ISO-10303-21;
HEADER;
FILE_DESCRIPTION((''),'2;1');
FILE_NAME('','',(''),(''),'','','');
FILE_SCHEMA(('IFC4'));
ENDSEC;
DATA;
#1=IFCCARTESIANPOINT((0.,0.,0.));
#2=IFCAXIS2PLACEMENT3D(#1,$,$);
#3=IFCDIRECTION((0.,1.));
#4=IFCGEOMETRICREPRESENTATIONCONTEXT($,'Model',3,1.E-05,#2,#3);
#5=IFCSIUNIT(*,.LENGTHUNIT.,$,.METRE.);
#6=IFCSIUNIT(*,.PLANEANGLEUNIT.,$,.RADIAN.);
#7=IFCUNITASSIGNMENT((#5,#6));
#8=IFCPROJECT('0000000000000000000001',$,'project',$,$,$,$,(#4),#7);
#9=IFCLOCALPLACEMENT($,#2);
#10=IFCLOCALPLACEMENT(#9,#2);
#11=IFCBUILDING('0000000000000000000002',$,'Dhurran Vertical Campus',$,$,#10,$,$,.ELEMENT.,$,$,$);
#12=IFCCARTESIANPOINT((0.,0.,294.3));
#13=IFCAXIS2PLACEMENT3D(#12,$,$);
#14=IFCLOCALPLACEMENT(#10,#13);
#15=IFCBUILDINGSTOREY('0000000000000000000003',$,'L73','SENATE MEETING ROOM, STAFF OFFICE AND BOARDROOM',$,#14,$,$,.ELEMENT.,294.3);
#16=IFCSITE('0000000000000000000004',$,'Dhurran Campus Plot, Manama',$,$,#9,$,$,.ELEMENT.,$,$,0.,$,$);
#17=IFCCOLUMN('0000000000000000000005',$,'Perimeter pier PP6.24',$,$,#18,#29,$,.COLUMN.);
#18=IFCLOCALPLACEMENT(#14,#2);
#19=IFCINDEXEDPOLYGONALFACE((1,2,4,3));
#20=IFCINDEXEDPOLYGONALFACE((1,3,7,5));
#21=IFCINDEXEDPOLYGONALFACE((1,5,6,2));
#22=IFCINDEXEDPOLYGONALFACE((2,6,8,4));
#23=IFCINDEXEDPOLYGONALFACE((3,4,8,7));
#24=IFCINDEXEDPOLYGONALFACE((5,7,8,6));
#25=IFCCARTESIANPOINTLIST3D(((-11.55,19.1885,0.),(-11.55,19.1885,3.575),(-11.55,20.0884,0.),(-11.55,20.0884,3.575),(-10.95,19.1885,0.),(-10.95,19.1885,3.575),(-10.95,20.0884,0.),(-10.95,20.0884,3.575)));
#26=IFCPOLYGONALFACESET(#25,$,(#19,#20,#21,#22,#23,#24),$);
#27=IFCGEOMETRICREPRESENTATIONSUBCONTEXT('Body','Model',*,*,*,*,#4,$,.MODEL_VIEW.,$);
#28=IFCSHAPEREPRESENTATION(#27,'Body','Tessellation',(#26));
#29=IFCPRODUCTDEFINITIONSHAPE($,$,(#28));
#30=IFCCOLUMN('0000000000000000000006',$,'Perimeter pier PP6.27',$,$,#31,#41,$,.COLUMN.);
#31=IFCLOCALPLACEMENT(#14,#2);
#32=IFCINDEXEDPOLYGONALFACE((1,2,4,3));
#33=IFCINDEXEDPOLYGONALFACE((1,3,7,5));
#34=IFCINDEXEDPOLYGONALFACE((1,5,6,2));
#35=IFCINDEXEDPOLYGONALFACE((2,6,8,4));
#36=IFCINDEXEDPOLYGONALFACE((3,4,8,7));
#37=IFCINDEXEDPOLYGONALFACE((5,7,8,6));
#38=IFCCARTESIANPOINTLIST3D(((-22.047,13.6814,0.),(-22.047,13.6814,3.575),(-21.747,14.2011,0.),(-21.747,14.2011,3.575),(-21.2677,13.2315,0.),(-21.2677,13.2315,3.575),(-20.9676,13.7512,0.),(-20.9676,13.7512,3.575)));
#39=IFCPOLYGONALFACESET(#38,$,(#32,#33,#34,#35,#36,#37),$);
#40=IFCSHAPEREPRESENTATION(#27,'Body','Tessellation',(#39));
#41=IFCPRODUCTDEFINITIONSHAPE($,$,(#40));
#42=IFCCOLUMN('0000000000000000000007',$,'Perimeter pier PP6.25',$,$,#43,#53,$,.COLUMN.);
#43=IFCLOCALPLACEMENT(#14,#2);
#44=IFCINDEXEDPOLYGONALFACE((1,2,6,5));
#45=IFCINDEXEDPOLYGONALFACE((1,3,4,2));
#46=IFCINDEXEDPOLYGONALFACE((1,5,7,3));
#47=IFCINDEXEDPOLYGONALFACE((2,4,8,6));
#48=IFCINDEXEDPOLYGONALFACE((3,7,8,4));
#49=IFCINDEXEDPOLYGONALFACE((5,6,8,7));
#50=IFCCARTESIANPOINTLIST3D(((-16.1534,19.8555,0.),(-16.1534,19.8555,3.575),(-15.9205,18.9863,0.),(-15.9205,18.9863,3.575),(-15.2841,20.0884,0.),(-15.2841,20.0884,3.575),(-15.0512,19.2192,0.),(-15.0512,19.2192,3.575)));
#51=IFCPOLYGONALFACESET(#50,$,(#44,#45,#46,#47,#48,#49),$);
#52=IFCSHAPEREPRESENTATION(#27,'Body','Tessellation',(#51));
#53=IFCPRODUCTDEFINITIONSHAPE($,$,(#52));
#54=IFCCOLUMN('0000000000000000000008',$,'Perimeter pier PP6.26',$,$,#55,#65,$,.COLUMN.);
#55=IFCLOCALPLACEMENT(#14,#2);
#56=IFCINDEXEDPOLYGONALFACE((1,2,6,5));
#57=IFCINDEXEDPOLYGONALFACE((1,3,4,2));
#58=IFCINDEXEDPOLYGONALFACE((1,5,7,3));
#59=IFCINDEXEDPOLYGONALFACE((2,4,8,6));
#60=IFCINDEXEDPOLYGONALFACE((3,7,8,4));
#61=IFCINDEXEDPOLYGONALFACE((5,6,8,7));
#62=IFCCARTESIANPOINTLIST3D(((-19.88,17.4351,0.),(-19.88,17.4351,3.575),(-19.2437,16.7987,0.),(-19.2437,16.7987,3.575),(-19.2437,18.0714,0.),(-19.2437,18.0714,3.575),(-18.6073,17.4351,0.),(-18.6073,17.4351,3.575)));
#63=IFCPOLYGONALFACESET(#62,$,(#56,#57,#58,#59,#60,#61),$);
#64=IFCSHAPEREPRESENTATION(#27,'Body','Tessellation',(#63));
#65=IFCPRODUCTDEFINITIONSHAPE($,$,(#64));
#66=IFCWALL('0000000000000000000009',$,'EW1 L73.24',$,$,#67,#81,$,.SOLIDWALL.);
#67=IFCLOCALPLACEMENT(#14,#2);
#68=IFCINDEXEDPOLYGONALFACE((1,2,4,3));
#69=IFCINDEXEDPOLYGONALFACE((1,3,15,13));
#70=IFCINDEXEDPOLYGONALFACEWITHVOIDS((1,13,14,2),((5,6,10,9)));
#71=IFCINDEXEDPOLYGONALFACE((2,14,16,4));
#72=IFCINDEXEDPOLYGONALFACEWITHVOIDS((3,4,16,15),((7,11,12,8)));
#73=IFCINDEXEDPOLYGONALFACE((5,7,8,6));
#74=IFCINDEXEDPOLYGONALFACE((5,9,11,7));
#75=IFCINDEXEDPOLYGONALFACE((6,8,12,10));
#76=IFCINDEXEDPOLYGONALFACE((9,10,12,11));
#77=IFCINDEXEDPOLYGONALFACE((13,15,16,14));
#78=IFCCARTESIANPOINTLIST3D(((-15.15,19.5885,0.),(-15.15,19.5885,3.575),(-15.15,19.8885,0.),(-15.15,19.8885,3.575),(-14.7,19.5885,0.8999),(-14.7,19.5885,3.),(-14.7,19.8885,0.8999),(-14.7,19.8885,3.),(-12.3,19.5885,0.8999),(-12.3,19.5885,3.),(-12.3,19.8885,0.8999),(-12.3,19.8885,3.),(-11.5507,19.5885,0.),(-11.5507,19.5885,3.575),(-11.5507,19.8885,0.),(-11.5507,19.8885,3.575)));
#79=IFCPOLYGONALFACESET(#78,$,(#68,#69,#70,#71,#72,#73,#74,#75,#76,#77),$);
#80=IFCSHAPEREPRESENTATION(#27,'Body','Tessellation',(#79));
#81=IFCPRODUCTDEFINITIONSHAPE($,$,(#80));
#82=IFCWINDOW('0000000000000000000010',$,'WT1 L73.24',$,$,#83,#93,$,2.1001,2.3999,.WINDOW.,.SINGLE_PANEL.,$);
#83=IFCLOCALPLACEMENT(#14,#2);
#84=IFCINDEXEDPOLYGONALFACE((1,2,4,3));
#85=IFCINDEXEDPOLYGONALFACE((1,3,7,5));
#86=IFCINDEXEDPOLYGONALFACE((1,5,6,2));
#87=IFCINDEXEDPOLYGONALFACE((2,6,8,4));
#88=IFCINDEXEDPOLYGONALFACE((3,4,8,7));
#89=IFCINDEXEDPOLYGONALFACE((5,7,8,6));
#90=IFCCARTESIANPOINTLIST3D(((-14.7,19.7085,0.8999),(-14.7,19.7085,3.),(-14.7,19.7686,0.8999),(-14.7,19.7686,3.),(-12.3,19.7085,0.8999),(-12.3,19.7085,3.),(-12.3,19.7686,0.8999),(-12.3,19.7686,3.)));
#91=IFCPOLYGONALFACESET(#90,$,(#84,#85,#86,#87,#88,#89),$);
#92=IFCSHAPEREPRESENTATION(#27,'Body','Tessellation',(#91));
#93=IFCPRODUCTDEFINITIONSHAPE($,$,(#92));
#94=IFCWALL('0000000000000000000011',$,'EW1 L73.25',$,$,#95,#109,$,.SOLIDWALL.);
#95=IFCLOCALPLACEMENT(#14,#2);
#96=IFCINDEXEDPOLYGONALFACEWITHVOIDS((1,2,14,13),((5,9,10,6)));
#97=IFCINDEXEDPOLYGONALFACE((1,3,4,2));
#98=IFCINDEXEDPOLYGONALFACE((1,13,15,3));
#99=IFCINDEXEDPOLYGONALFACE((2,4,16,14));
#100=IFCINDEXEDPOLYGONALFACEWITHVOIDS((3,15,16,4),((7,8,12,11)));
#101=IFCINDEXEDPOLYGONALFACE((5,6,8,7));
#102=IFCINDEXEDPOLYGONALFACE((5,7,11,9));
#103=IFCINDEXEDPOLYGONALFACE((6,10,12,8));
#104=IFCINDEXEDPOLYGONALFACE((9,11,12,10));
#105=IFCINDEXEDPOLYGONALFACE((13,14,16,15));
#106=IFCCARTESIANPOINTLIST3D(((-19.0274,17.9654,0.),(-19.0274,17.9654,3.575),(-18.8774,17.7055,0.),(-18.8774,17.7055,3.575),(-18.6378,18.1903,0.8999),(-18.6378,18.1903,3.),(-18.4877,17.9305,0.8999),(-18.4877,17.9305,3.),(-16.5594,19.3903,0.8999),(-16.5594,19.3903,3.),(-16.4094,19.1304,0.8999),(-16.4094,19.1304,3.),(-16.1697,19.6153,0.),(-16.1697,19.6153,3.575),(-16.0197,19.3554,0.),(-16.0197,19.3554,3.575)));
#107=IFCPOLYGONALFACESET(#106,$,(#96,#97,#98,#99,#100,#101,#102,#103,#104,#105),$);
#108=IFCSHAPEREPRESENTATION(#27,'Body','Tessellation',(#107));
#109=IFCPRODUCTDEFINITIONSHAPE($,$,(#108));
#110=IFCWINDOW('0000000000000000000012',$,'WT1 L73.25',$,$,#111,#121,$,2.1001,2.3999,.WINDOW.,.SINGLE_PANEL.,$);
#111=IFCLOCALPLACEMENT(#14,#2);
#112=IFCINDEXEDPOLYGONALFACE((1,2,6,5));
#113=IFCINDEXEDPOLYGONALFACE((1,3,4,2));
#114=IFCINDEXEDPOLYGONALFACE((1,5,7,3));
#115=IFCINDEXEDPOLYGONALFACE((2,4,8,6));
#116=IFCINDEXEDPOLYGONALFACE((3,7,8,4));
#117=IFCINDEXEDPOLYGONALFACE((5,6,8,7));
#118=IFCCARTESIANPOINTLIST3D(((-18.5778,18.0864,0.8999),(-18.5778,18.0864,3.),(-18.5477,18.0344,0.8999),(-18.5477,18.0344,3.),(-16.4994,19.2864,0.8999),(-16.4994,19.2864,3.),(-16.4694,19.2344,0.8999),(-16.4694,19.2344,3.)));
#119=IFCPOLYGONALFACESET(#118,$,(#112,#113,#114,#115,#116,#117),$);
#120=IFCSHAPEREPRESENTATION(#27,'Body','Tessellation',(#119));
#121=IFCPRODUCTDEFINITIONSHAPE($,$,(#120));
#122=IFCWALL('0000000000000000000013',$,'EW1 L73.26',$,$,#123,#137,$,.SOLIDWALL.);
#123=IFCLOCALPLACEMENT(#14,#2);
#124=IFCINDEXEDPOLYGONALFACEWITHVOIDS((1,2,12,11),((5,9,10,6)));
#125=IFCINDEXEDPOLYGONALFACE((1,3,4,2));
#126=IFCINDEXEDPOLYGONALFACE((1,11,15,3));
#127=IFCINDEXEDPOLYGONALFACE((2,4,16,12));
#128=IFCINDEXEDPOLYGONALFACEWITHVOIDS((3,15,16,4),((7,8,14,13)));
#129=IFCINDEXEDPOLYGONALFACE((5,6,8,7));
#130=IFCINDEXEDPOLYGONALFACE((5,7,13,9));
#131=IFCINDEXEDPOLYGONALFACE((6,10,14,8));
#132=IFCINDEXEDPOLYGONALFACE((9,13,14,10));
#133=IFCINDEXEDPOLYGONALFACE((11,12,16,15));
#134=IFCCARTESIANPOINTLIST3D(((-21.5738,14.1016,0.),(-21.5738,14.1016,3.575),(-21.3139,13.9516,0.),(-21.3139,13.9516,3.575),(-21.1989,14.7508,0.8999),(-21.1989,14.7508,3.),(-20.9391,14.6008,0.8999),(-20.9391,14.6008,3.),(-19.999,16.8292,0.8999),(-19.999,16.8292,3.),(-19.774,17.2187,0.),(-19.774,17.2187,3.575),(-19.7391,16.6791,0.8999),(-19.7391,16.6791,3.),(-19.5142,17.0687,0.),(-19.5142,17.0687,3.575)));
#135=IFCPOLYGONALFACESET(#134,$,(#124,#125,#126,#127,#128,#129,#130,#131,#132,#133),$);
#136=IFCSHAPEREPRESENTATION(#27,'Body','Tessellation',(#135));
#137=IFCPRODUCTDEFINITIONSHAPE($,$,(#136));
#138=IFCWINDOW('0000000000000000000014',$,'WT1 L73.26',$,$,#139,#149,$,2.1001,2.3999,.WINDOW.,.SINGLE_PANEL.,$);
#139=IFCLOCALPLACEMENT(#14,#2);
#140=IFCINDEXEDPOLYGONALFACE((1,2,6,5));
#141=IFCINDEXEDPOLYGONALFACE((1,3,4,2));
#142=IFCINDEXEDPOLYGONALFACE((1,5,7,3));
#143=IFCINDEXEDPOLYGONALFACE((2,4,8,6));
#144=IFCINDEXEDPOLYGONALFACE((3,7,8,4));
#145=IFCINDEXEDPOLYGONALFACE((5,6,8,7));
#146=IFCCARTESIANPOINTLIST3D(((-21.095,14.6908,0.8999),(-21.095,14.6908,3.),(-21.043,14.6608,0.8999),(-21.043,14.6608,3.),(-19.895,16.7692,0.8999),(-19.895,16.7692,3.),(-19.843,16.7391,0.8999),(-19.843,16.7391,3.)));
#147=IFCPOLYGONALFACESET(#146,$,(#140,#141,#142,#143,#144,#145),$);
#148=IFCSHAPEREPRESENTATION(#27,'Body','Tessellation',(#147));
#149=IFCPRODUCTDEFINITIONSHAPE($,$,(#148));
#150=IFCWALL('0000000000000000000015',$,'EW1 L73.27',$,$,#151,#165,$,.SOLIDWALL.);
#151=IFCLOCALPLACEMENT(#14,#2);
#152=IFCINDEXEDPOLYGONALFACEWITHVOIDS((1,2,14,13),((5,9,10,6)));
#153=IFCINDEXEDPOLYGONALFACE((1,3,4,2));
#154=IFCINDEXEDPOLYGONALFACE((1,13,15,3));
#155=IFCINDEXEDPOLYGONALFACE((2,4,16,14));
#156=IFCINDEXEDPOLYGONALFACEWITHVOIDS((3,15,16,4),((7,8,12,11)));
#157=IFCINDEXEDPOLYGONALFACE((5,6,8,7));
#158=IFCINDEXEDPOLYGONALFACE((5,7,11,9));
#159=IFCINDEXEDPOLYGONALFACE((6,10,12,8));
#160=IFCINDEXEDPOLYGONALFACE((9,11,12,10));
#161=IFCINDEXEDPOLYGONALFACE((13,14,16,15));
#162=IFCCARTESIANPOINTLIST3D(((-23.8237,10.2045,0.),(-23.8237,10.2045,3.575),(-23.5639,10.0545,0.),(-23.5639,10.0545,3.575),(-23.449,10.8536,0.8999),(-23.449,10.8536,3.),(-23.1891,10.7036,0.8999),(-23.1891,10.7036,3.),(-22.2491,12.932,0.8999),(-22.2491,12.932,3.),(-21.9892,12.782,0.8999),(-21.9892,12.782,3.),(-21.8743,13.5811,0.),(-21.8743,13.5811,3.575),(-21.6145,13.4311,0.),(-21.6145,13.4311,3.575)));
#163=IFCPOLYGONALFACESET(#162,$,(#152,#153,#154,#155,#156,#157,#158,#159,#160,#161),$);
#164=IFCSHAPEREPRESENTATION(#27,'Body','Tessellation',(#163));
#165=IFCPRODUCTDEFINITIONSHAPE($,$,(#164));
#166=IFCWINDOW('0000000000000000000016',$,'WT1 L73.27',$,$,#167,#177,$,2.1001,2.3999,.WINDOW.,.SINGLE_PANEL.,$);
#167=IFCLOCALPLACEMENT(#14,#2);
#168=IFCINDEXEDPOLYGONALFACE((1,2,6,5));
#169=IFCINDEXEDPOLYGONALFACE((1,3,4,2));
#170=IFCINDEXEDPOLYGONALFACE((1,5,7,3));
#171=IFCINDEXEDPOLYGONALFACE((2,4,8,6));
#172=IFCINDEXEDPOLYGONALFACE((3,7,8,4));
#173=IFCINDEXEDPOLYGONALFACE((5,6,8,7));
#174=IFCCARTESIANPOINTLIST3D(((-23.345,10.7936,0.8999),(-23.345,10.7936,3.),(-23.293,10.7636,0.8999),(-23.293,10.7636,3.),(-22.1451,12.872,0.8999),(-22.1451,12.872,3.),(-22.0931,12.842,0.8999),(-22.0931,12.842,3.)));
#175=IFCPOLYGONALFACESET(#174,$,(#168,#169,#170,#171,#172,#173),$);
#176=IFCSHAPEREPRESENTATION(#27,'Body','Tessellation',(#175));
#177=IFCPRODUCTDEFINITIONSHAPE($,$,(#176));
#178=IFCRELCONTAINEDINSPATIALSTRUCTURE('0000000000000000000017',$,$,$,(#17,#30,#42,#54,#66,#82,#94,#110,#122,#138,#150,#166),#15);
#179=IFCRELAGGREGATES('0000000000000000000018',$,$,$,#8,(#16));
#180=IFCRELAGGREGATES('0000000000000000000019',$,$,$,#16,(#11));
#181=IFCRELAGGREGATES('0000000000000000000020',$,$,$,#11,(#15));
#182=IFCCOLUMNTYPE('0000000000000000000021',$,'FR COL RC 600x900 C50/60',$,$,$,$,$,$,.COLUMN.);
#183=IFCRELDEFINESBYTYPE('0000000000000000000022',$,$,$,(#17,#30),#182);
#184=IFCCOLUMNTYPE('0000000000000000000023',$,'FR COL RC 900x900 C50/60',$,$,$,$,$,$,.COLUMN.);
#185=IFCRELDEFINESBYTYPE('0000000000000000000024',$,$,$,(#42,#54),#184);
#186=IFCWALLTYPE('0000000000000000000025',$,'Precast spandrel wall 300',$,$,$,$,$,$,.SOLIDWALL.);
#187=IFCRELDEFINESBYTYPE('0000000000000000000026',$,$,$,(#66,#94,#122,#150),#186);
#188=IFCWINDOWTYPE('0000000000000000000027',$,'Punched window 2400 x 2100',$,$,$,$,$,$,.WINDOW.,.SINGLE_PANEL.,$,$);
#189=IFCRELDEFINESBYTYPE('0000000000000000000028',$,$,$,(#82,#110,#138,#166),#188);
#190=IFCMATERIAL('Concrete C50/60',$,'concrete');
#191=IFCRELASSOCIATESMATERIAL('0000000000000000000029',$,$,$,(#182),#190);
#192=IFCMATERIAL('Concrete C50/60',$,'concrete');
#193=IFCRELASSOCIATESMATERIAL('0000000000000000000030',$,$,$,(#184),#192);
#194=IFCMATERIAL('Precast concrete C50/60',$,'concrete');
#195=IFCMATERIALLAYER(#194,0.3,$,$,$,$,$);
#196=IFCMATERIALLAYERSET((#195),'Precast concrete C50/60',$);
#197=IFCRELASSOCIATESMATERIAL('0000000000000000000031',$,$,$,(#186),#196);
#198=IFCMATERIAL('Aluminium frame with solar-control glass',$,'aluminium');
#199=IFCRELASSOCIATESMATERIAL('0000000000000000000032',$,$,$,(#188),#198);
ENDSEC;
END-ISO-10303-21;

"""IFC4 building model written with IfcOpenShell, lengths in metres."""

from ifc_helpers import new_model, si_unit, direction, frame, frame_2d, origin, origin_2d, place, context, subcontext, project, spatial, rectangle, extrude, material, layer, layer_set, material_profile, profile_set, type_object, element, fill, save


model = new_model("IFC4")

# Units and contexts
model_context = context("Model", 3, precision=1e-05, world=origin(), true_north=direction((0.0, 1.0)))
body_context = subcontext(model_context, "Body", "Model", "MODEL_VIEW")
ifc_project = project(units=[si_unit("LENGTHUNIT", "METRE"), si_unit("PLANEANGLEUNIT", "RADIAN")], contexts=[model_context])

# Site, building, storey
site_placement = place(None, origin())
site = spatial("IfcSite", under=ifc_project, at=site_placement, Name="Dhurran Campus Plot, Manama", CompositionType="ELEMENT", RefElevation=0.0)
building_placement = place(site_placement, origin())
building = spatial("IfcBuilding", under=site, at=building_placement, Name="Dhurran Vertical Campus", CompositionType="ELEMENT")
storey_placement = place(building_placement, frame((0.0, 0.0, 294.3)))
storey = spatial("IfcBuildingStorey", under=building, at=storey_placement, Name="L73", Description="SENATE MEETING ROOM, STAFF OFFICE AND BOARDROOM", CompositionType="ELEMENT", Elevation=294.3)

# Columns
ifc_material_1 = material(Name="Concrete C50/60", Category="concrete")
ifc_material_profile_1 = material_profile(ifc_material_1, rectangle(XDim=0.6001, YDim=0.8999, at=origin_2d()), Name="RC 600x900")
ifc_profile_set_1 = profile_set([ifc_material_profile_1], Name="Concrete C50/60")
column_type_1 = type_object("IfcColumnType", Name="FR COL RC 600x900 C50/60", PredefinedType="COLUMN", material=ifc_profile_set_1)
for number, where, z_axis, x_axis, name in (
    (1, (-11.25, 19.6384, 0.0), (0.0, 0.0, 1.0), (-1.0, 0.0, 0.0), "Perimeter pier PP6.24"),
    (2, (-21.5073, 13.7163, 0.0), (0.0, 0.0, 1.0), (-0.5, -0.866025, 0.0), "Perimeter pier PP6.27"),
):
    element("IfcColumn", number, at=place(storey_placement, frame(where, z_axis=z_axis, x_axis=x_axis)), inside=storey, type_object=column_type_1, Name=name, PredefinedType="COLUMN", context=body_context, shape_type="SweptSolid", body=[
        extrude(rectangle(XDim=0.6001, YDim=0.8999, at=origin_2d()), origin(), (0.0, 0.0, 1.0), 3.575),
    ])
ifc_material_2 = material(Name="Concrete C50/60", Category="concrete")
ifc_material_profile_2 = material_profile(ifc_material_2, rectangle(XDim=0.8999, YDim=0.8999, at=origin_2d()), Name="RC 900x900")
ifc_profile_set_2 = profile_set([ifc_material_profile_2], Name="Concrete C50/60")
column_type_2 = type_object("IfcColumnType", Name="FR COL RC 900x900 C50/60", PredefinedType="COLUMN", material=ifc_profile_set_2)
for number, where, z_axis, x_axis, name in (
    (3, (-15.6023, 19.5374, 0.0), (0.0, 0.0, 1.0), (-0.965926, -0.258819, 0.0), "Perimeter pier PP6.25"),
    (4, (-19.2437, 17.4351, 0.0), (0.0, 0.0, 1.0), (-0.707107, -0.707107, 0.0), "Perimeter pier PP6.26"),
):
    element("IfcColumn", number, at=place(storey_placement, frame(where, z_axis=z_axis, x_axis=x_axis)), inside=storey, type_object=column_type_2, Name=name, PredefinedType="COLUMN", context=body_context, shape_type="SweptSolid", body=[
        extrude(rectangle(XDim=0.8999, YDim=0.8999, at=origin_2d()), origin(), (0.0, 0.0, 1.0), 3.575),
    ])

# Walls, openings, windows
ifc_material_3 = material(Name="Precast concrete C50/60", Category="concrete")
ifc_layer_1 = layer(ifc_material_3, 0.3)
ifc_layer_set_1 = layer_set([ifc_layer_1], Name="Precast concrete C50/60")
wall_type_1 = type_object("IfcWallType", Name="Precast spandrel wall 300", PredefinedType="SOLIDWALL", material=ifc_layer_set_1)
wall_1_placement = place(storey_placement, frame((-11.5505, 19.7385, 0.0), z_axis=(0.0, 0.0, 1.0), x_axis=(-1.0, 0.0, 0.0)))
wall_1 = element("IfcWall", 5, at=wall_1_placement, inside=storey, type_object=wall_type_1, Name="EW1 L73.24", PredefinedType="SOLIDWALL", context=body_context, shape_type="SweptSolid", body=[
    extrude(rectangle(XDim=3.5994, YDim=0.3, at=frame_2d((1.7998, 0.0))), origin(), (0.0, 0.0, 1.0), 3.575),
])
opening_1_placement = place(wall_1_placement, frame((0.7495, 0.0, 0.8999)))
opening_1 = element("IfcOpeningElement", 6, at=opening_1_placement, cuts=wall_1, PredefinedType="OPENING", context=body_context, shape_type="SweptSolid", body=[
    extrude(rectangle(XDim=2.3999, YDim=2.1001, at=frame_2d((1.2, 1.05))), frame((0.0, 0.1599, 0.0), z_axis=(0.0, -1.0, 0.0), x_axis=(1.0, 0.0, 0.0)), (0.0, 0.0, 1.0), 0.3201),
])
ifc_material_4 = material(Name="Aluminium frame with solar-control glass", Category="aluminium")
window_type = type_object("IfcWindowType", Name="Punched window 2400 x 2100", PartitioningType="SINGLE_PANEL", PredefinedType="WINDOW", material=ifc_material_4)
window_1_placement = place(opening_1_placement, origin())
window_1 = element("IfcWindow", 7, at=window_1_placement, inside=storey, type_object=window_type, Name="WT1 L73.24", OverallHeight=2.1001, OverallWidth=2.3999, PartitioningType="SINGLE_PANEL", PredefinedType="WINDOW", context=body_context, shape_type="SweptSolid", body=[
    extrude(rectangle(XDim=2.3999, YDim=2.1001, at=frame_2d((1.2, 1.05))), frame((0.0, 0.03, 0.0), z_axis=(0.0, -1.0, 0.0), x_axis=(1.0, 0.0, 0.0)), (0.0, 0.0, 1.0), 0.0601),
])
fill(opening_1, window_1)
wall_2_placement = place(storey_placement, frame((-16.0947, 19.4854, 0.0), z_axis=(0.0, 0.0, 1.0), x_axis=(-0.866022, -0.500006, 0.0)))
wall_2 = element("IfcWall", 8, at=wall_2_placement, inside=storey, type_object=wall_type_1, Name="EW1 L73.25", PredefinedType="SOLIDWALL", context=body_context, shape_type="SweptSolid", body=[
    extrude(rectangle(XDim=3.2998, YDim=0.3, at=frame_2d((1.6499, 0.0))), origin(), (0.0, 0.0, 1.0), 3.575),
])
opening_2_placement = place(wall_2_placement, frame((0.45, 0.0, 0.8999)))
opening_2 = element("IfcOpeningElement", 9, at=opening_2_placement, cuts=wall_2, PredefinedType="OPENING", context=body_context, shape_type="SweptSolid", body=[
    extrude(rectangle(XDim=2.3999, YDim=2.1001, at=frame_2d((1.2, 1.05))), frame((0.0, 0.1599, 0.0), z_axis=(0.0, -1.0, 0.0), x_axis=(1.0, 0.0, 0.0)), (0.0, 0.0, 1.0), 0.3201),
])
window_2_placement = place(opening_2_placement, origin())
window_2 = element("IfcWindow", 10, at=window_2_placement, inside=storey, type_object=window_type, Name="WT1 L73.25", OverallHeight=2.1001, OverallWidth=2.3999, PartitioningType="SINGLE_PANEL", PredefinedType="WINDOW", context=body_context, shape_type="SweptSolid", body=[
    extrude(rectangle(XDim=2.3999, YDim=2.1001, at=frame_2d((1.2, 1.05))), frame((0.0, 0.03, 0.0), z_axis=(0.0, -1.0, 0.0), x_axis=(1.0, 0.0, 0.0)), (0.0, 0.0, 1.0), 0.0601),
])
fill(opening_2, window_2)
wall_3_placement = place(storey_placement, frame((-19.644, 17.1438, 0.0), z_axis=(0.0, 0.0, 1.0), x_axis=(-0.50002, -0.866014, 0.0)))
wall_3 = element("IfcWall", 11, at=wall_3_placement, inside=storey, type_object=wall_type_1, Name="EW1 L73.26", PredefinedType="SOLIDWALL", context=body_context, shape_type="SweptSolid", body=[
    extrude(rectangle(XDim=3.5994, YDim=0.3, at=frame_2d((1.7998, 0.0))), origin(), (0.0, 0.0, 1.0), 3.575),
])
opening_3_placement = place(wall_3_placement, frame((0.45, 0.0, 0.8999)))
opening_3 = element("IfcOpeningElement", 12, at=opening_3_placement, cuts=wall_3, PredefinedType="OPENING", context=body_context, shape_type="SweptSolid", body=[
    extrude(rectangle(XDim=2.3999, YDim=2.1001, at=frame_2d((1.2, 1.05))), frame((0.0, 0.1599, 0.0), z_axis=(0.0, -1.0, 0.0), x_axis=(1.0, 0.0, 0.0)), (0.0, 0.0, 1.0), 0.3201),
])
window_3_placement = place(opening_3_placement, origin())
window_3 = element("IfcWindow", 13, at=window_3_placement, inside=storey, type_object=window_type, Name="WT1 L73.26", OverallHeight=2.1001, OverallWidth=2.3999, PartitioningType="SINGLE_PANEL", PredefinedType="WINDOW", context=body_context, shape_type="SweptSolid", body=[
    extrude(rectangle(XDim=2.3999, YDim=2.1001, at=frame_2d((1.2, 1.05))), frame((0.0, 0.03, 0.0), z_axis=(0.0, -1.0, 0.0), x_axis=(1.0, 0.0, 0.0)), (0.0, 0.0, 1.0), 0.0601),
])
fill(opening_3, window_3)
wall_4_placement = place(storey_placement, frame((-21.7444, 13.5061, 0.0), z_axis=(0.0, 0.0, 1.0), x_axis=(-0.499984, -0.866034, 0.0)))
wall_4 = element("IfcWall", 14, at=wall_4_placement, inside=storey, type_object=wall_type_1, Name="EW1 L73.27", PredefinedType="SOLIDWALL", context=body_context, shape_type="SweptSolid", body=[
    extrude(rectangle(XDim=3.8989, YDim=0.3, at=frame_2d((1.9495, 0.0))), origin(), (0.0, 0.0, 1.0), 3.575),
])
opening_4_placement = place(wall_4_placement, frame((0.7495, 0.0, 0.8999)))
opening_4 = element("IfcOpeningElement", 15, at=opening_4_placement, cuts=wall_4, PredefinedType="OPENING", context=body_context, shape_type="SweptSolid", body=[
    extrude(rectangle(XDim=2.3999, YDim=2.1001, at=frame_2d((1.2, 1.05))), frame((0.0, 0.1599, 0.0), z_axis=(0.0, -1.0, 0.0), x_axis=(1.0, 0.0, 0.0)), (0.0, 0.0, 1.0), 0.3201),
])
window_4_placement = place(opening_4_placement, origin())
window_4 = element("IfcWindow", 16, at=window_4_placement, inside=storey, type_object=window_type, Name="WT1 L73.27", OverallHeight=2.1001, OverallWidth=2.3999, PartitioningType="SINGLE_PANEL", PredefinedType="WINDOW", context=body_context, shape_type="SweptSolid", body=[
    extrude(rectangle(XDim=2.3999, YDim=2.1001, at=frame_2d((1.2, 1.05))), frame((0.0, 0.03, 0.0), z_axis=(0.0, -1.0, 0.0), x_axis=(1.0, 0.0, 0.0)), (0.0, 0.0, 1.0), 0.0601),
])
fill(opening_4, window_4)

save(model, "model.ifc")
